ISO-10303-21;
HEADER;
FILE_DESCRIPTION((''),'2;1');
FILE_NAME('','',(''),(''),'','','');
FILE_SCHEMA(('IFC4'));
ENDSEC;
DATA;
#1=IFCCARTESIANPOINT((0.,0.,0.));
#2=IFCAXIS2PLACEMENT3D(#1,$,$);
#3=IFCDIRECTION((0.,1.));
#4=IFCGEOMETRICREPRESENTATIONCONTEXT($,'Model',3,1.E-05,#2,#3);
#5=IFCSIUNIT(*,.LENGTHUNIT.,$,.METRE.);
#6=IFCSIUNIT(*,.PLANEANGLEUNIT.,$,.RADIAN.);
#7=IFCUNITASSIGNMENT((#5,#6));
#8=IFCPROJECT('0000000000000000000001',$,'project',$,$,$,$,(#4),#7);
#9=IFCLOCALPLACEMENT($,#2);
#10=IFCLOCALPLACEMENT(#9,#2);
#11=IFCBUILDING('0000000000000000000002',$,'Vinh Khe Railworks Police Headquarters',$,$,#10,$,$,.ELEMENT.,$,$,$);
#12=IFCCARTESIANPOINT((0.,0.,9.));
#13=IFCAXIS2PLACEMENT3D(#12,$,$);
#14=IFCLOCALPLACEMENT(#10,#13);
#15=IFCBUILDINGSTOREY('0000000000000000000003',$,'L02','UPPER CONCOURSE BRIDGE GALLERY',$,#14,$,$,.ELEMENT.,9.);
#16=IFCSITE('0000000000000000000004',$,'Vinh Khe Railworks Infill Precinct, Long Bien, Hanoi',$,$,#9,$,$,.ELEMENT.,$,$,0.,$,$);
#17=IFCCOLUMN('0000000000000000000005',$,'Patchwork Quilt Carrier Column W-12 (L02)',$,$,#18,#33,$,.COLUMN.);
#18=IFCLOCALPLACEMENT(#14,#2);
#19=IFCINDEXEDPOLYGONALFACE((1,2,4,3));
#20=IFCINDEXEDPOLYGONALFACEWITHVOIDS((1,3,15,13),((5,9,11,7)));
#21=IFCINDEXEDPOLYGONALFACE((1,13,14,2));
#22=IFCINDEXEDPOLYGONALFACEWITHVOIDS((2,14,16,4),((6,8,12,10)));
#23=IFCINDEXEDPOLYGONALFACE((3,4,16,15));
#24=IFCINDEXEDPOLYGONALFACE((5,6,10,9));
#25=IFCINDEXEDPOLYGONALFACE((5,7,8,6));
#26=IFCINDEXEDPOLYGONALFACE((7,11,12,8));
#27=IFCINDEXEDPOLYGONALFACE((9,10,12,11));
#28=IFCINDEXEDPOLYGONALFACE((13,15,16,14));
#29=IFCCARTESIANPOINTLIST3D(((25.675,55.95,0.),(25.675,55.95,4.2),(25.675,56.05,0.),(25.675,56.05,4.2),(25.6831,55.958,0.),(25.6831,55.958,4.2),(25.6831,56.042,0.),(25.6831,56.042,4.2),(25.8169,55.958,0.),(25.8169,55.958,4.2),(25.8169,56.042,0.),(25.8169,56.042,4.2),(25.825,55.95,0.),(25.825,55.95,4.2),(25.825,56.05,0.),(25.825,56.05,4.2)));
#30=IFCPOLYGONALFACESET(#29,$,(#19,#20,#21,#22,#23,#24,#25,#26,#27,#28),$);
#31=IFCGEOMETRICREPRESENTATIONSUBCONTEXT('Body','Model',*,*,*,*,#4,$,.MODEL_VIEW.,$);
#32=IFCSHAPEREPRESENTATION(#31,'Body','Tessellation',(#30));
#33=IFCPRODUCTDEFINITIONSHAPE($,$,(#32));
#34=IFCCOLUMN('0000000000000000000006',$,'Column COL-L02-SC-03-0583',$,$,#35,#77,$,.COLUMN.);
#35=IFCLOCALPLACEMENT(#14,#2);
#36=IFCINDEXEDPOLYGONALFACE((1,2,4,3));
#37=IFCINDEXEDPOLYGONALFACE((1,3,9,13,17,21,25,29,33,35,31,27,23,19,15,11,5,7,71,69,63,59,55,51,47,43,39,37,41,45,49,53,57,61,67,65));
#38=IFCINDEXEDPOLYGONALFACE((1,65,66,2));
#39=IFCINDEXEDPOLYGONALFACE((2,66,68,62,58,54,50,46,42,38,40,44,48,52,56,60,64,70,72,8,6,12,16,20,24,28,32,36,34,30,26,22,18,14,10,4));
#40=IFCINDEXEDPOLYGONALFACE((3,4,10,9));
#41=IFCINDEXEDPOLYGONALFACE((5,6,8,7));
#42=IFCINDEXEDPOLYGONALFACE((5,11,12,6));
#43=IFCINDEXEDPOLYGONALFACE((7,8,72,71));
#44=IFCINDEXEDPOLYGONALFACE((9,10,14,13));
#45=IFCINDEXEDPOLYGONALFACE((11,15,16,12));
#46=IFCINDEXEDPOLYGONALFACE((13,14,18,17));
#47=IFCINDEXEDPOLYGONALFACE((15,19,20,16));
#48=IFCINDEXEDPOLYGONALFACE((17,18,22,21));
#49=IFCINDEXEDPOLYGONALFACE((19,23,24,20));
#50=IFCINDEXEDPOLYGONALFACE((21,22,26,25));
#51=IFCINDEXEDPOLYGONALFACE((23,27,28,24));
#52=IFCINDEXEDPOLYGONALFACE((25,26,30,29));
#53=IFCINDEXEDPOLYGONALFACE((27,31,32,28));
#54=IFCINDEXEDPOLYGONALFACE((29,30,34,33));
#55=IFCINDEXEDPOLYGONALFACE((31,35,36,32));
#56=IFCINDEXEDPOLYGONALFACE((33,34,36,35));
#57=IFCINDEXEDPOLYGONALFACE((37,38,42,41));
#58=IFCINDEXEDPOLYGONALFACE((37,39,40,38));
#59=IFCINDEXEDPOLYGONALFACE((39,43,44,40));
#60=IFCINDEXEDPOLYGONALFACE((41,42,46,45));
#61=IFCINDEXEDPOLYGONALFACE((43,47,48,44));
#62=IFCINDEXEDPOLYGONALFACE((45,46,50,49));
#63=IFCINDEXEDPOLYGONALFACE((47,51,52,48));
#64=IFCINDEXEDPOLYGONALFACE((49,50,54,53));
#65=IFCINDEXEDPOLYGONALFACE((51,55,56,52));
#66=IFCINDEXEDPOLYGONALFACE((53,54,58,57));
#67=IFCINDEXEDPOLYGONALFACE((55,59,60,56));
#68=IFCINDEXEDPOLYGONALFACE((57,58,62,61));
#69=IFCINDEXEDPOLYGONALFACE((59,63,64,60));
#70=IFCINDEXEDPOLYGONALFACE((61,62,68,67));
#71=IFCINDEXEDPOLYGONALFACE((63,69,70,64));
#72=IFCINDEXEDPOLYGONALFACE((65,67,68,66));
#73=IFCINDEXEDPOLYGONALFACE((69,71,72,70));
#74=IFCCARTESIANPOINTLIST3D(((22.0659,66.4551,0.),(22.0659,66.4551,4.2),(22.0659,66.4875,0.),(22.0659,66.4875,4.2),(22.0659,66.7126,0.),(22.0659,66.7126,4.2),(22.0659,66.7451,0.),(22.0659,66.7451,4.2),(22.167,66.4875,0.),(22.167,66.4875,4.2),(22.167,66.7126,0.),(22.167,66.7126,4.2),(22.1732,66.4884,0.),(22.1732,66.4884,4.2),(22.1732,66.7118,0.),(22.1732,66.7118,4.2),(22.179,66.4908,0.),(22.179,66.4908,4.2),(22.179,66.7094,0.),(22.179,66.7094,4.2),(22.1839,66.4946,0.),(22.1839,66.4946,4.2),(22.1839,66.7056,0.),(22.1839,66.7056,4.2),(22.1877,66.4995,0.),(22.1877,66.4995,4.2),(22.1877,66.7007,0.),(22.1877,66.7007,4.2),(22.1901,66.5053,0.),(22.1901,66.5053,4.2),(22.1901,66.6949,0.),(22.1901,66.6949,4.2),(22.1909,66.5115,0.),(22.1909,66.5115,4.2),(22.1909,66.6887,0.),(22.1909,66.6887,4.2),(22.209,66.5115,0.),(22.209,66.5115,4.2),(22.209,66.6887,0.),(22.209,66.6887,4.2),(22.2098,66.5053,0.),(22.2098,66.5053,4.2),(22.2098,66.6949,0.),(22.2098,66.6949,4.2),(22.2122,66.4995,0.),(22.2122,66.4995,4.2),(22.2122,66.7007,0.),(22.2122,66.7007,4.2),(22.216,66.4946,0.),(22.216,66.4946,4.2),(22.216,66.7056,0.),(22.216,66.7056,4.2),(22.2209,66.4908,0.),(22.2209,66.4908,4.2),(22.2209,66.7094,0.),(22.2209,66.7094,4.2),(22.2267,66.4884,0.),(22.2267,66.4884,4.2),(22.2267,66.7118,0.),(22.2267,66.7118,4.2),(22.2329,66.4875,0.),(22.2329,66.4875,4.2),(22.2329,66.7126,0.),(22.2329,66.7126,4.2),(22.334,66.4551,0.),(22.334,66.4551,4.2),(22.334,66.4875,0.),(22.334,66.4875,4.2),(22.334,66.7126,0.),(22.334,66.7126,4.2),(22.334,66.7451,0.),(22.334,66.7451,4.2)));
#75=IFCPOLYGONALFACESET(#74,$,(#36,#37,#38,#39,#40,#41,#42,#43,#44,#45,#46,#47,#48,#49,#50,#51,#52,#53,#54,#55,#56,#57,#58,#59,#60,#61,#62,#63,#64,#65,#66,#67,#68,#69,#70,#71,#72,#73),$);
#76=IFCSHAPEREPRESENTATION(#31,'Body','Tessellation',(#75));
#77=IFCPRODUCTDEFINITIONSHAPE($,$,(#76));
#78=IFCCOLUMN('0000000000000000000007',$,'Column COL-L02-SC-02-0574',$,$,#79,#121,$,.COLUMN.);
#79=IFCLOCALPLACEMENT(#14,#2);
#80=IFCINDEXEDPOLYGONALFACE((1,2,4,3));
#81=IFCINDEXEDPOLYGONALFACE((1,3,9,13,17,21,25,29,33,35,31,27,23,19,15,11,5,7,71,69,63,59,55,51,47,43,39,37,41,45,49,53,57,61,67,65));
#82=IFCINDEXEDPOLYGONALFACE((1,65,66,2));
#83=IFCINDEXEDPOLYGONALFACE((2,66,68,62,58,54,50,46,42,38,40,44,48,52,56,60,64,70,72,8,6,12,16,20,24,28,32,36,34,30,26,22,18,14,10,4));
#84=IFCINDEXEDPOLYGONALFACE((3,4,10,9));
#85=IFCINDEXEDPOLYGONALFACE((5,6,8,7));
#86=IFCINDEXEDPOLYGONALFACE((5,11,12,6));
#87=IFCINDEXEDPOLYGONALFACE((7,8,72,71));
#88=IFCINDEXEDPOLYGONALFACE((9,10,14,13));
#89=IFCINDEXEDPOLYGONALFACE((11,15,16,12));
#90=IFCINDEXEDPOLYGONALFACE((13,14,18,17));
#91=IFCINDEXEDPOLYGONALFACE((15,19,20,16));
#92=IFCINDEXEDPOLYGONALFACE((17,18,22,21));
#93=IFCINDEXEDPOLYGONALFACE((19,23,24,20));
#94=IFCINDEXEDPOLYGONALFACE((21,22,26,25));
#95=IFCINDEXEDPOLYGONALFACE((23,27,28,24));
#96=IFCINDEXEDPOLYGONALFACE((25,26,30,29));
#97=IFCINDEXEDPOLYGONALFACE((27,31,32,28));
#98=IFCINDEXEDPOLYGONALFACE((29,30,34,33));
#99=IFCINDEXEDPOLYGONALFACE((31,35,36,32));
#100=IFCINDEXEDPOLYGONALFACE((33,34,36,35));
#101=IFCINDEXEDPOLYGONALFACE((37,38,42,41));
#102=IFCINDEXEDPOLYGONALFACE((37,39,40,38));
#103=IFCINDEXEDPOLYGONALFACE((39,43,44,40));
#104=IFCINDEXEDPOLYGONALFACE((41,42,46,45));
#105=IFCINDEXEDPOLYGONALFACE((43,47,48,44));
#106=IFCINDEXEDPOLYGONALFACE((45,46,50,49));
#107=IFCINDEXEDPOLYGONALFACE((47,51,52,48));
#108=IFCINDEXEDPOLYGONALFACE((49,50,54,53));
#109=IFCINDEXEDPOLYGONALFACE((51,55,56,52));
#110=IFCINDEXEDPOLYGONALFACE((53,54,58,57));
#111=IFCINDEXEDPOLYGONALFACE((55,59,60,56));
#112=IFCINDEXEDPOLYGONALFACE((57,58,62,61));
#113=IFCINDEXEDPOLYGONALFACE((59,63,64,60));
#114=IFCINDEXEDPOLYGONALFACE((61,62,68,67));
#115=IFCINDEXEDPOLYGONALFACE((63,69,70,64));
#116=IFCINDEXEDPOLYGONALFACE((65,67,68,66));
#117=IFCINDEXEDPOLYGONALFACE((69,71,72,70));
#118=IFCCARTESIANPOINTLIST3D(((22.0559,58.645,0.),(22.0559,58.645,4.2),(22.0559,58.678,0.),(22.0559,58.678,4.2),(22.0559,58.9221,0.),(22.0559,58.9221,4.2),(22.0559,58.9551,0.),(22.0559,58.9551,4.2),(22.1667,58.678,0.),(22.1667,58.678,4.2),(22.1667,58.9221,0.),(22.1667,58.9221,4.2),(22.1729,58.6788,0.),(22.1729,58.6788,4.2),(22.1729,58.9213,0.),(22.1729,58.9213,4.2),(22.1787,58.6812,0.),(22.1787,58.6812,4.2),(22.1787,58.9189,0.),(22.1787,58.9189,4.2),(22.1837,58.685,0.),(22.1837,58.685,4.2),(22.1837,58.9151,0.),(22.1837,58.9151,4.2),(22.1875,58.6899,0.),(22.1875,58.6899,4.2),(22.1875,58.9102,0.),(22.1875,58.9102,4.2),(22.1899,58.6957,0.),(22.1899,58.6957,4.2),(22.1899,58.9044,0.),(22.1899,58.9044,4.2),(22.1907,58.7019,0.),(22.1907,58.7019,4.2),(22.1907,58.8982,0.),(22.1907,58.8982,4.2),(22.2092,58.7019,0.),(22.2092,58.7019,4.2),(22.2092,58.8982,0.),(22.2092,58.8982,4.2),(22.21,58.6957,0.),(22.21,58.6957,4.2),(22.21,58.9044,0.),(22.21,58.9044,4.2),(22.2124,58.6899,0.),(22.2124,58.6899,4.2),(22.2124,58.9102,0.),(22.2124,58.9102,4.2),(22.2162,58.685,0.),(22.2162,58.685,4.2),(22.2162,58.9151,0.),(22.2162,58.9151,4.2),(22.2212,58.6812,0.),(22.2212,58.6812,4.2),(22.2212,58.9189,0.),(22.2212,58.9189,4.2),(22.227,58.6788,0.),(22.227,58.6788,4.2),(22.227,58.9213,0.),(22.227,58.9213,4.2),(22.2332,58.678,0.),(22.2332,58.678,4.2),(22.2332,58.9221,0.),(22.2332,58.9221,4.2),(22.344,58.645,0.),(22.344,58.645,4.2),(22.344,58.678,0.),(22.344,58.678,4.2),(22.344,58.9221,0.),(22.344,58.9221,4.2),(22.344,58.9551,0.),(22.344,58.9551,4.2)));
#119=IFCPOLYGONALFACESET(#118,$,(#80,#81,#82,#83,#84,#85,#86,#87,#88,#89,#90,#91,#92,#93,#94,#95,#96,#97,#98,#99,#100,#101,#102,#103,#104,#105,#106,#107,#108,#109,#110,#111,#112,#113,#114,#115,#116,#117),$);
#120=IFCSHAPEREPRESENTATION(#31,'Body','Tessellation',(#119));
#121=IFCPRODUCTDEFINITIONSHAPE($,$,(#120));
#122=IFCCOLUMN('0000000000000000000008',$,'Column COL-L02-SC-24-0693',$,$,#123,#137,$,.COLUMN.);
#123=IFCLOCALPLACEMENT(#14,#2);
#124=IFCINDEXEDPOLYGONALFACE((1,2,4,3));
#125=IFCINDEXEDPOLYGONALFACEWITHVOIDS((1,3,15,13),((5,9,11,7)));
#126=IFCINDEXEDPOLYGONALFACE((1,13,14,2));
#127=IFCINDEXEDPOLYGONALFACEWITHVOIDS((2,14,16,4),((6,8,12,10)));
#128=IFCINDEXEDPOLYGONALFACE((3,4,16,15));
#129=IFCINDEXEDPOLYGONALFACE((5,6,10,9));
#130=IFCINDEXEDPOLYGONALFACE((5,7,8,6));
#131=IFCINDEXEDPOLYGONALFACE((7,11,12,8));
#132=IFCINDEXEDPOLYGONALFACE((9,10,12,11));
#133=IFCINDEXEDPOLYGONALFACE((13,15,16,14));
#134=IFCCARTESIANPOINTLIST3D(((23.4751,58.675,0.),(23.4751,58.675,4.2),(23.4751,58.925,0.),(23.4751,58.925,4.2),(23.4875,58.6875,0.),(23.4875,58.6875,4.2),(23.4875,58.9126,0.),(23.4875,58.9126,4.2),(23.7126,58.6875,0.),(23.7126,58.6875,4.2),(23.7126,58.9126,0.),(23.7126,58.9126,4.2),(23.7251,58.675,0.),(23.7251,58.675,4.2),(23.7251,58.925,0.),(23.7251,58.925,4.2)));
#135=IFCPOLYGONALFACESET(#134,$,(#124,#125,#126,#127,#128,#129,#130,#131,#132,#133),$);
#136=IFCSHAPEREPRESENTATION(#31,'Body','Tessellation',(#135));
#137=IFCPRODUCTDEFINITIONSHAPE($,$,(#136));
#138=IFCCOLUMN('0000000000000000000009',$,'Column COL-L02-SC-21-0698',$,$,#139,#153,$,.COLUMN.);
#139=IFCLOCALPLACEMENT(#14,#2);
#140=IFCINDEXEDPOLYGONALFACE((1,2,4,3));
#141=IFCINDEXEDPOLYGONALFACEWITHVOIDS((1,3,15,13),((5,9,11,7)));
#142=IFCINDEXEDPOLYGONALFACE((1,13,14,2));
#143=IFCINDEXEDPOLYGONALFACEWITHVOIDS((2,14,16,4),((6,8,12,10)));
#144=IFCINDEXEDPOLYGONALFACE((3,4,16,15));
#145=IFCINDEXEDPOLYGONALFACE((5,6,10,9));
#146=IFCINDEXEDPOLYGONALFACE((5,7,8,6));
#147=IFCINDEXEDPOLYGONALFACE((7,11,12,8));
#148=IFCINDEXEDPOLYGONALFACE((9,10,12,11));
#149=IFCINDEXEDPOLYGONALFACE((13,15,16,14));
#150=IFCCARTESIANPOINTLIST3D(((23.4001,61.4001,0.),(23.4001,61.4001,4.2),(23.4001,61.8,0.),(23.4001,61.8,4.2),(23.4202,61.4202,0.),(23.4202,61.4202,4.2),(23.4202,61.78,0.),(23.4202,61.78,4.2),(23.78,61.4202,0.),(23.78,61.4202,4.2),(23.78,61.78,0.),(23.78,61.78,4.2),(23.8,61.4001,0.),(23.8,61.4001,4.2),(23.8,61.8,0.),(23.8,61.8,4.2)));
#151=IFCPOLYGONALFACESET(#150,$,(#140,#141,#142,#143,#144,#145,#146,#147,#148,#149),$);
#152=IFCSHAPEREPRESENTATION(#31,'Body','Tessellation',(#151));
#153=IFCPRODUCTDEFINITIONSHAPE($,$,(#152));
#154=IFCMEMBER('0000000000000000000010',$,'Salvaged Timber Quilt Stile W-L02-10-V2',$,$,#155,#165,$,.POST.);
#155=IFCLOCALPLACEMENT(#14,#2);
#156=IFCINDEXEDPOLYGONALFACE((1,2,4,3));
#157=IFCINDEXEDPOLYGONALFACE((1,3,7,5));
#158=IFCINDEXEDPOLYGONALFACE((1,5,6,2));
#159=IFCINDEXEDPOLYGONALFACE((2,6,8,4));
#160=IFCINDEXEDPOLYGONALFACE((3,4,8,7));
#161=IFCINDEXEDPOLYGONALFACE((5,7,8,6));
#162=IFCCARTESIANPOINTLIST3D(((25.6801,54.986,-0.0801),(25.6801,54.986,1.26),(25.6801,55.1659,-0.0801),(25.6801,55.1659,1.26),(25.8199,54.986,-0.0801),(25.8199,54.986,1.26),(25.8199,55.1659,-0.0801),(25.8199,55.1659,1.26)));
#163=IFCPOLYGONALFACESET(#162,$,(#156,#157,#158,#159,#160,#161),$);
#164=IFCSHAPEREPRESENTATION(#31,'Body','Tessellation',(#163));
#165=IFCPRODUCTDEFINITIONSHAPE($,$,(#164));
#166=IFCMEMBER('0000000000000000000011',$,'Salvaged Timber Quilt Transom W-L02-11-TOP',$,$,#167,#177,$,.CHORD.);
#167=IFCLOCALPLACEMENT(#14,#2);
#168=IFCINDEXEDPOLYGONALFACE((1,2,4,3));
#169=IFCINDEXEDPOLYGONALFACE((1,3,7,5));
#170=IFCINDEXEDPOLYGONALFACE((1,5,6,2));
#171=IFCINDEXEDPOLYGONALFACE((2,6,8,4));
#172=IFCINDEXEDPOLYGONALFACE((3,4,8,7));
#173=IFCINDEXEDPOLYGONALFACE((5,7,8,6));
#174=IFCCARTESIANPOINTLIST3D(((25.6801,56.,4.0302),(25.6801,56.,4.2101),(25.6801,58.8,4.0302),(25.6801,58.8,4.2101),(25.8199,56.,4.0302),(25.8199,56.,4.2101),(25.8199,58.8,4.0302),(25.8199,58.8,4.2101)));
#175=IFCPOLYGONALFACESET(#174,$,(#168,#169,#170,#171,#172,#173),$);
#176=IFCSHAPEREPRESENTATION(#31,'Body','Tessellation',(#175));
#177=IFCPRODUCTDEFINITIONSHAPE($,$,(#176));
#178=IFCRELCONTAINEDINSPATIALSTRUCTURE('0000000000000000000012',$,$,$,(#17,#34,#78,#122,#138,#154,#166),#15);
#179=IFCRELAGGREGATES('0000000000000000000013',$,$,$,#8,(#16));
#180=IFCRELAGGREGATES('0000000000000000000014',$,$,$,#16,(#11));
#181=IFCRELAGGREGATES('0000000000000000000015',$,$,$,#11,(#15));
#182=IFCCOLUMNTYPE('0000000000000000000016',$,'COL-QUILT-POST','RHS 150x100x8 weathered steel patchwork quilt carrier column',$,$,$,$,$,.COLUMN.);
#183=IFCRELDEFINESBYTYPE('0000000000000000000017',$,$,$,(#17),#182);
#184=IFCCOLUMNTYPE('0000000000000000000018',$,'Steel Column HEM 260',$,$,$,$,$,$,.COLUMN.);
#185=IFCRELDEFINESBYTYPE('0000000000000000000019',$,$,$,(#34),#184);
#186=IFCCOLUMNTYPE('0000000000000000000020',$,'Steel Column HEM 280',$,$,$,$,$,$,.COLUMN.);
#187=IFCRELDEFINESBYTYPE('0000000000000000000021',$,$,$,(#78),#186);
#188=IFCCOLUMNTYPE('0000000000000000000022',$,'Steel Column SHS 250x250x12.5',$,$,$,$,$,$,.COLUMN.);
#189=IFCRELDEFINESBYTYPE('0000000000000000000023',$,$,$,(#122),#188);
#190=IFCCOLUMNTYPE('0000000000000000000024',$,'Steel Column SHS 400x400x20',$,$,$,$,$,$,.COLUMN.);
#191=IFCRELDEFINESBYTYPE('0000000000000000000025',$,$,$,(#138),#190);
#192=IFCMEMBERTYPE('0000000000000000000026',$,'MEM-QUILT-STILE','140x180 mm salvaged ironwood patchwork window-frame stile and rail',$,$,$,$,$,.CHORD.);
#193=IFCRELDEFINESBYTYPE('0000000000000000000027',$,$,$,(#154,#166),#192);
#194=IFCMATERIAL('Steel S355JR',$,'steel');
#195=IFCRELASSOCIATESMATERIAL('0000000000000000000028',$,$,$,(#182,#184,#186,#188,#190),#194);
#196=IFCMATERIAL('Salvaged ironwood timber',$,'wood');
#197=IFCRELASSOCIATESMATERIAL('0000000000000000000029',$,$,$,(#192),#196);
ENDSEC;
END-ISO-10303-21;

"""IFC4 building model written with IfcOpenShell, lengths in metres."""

from ifc_helpers import new_model, si_unit, direction, frame, origin, origin_2d, place, context, subcontext, project, spatial, rectangle, hollow_rectangle, i_section, extrude, material, material_profile, profile_set, type_object, element, save


model = new_model("IFC4")

# Units and contexts
model_context = context("Model", 3, precision=1e-05, world=origin(), true_north=direction((0.0, 1.0)))
body_context = subcontext(model_context, "Body", "Model", "MODEL_VIEW")
ifc_project = project(units=[si_unit("LENGTHUNIT", "METRE"), si_unit("PLANEANGLEUNIT", "RADIAN")], contexts=[model_context])

# Site, building, storey
site_placement = place(None, origin())
site = spatial("IfcSite", under=ifc_project, at=site_placement, Name="Vinh Khe Railworks Infill Precinct, Long Bien, Hanoi", CompositionType="ELEMENT", RefElevation=0.0)
building_placement = place(site_placement, origin())
building = spatial("IfcBuilding", under=site, at=building_placement, Name="Vinh Khe Railworks Police Headquarters", CompositionType="ELEMENT")
storey_placement = place(building_placement, frame((0.0, 0.0, 9.0)))
storey = spatial("IfcBuildingStorey", under=building, at=storey_placement, Name="L02", Description="UPPER CONCOURSE BRIDGE GALLERY", CompositionType="ELEMENT", Elevation=9.0)

# Columns
ifc_material_1 = material(Name="Steel S355JR", Category="steel")
ifc_material_profile_1 = material_profile(ifc_material_1, hollow_rectangle(XDim=0.1499, YDim=0.1001, WallThickness=0.0081, at=origin_2d()), Name="RHS 150x100x8")
ifc_profile_set_1 = profile_set([ifc_material_profile_1], Name="Steel S355JR")
column_type_1 = type_object("IfcColumnType", Name="COL-QUILT-POST", Description="RHS 150x100x8 weathered steel patchwork quilt carrier column", PredefinedType="COLUMN", material=ifc_profile_set_1)
column_1_placement = place(storey_placement, frame((25.75, 56.0, 0.0), z_axis=(0.0, 0.0, 1.0), x_axis=(1.0, 0.0, 0.0)))
element("IfcColumn", 1, at=column_1_placement, inside=storey, type_object=column_type_1, Name="Patchwork Quilt Carrier Column W-12 (L02)", PredefinedType="COLUMN", context=body_context, shape_type="SweptSolid", body=[
    extrude(hollow_rectangle(XDim=0.1499, YDim=0.1001, WallThickness=0.0081, at=origin_2d()), origin(), (0.0, 0.0, 1.0), 4.2),
])
ifc_material_profile_2 = material_profile(ifc_material_1, i_section(OverallWidth=0.2681, OverallDepth=0.29, WebThickness=0.0181, FlangeThickness=0.0325, FilletRadius=0.0239, at=origin_2d()), Name="HEM 260")
ifc_profile_set_2 = profile_set([ifc_material_profile_2], Name="Steel S355JR")
column_type_2 = type_object("IfcColumnType", Name="Steel Column HEM 260", PredefinedType="COLUMN", material=ifc_profile_set_2)
column_2_placement = place(storey_placement, frame((22.2, 66.6001, 0.0), z_axis=(0.0, 0.0, 1.0), x_axis=(1.0, 0.0, 0.0)))
element("IfcColumn", 2, at=column_2_placement, inside=storey, type_object=column_type_2, Name="Column COL-L02-SC-03-0583", PredefinedType="COLUMN", context=body_context, shape_type="SweptSolid", body=[
    extrude(i_section(OverallWidth=0.2681, OverallDepth=0.29, WebThickness=0.0181, FlangeThickness=0.0325, FilletRadius=0.0239, at=origin_2d()), origin(), (0.0, 0.0, 1.0), 4.2),
])
ifc_material_profile_3 = material_profile(ifc_material_1, i_section(OverallWidth=0.2881, OverallDepth=0.3101, WebThickness=0.0186, FlangeThickness=0.033, FilletRadius=0.0239, at=origin_2d()), Name="HEM 280")
ifc_profile_set_3 = profile_set([ifc_material_profile_3], Name="Steel S355JR")
column_type_3 = type_object("IfcColumnType", Name="Steel Column HEM 280", PredefinedType="COLUMN", material=ifc_profile_set_3)
column_3_placement = place(storey_placement, frame((22.2, 58.8, 0.0), z_axis=(0.0, 0.0, 1.0), x_axis=(1.0, 0.0, 0.0)))
element("IfcColumn", 3, at=column_3_placement, inside=storey, type_object=column_type_3, Name="Column COL-L02-SC-02-0574", PredefinedType="COLUMN", context=body_context, shape_type="SweptSolid", body=[
    extrude(i_section(OverallWidth=0.2881, OverallDepth=0.3101, WebThickness=0.0186, FlangeThickness=0.033, FilletRadius=0.0239, at=origin_2d()), origin(), (0.0, 0.0, 1.0), 4.2),
])
ifc_material_profile_4 = material_profile(ifc_material_1, hollow_rectangle(XDim=0.25, YDim=0.25, WallThickness=0.0125, at=origin_2d()), Name="SHS 250x250x12.5")
ifc_profile_set_4 = profile_set([ifc_material_profile_4], Name="Steel S355JR")
column_type_4 = type_object("IfcColumnType", Name="Steel Column SHS 250x250x12.5", PredefinedType="COLUMN", material=ifc_profile_set_4)
column_4_placement = place(storey_placement, frame((23.6001, 58.8, 0.0), z_axis=(0.0, 0.0, 1.0), x_axis=(1.0, 0.0, 0.0)))
element("IfcColumn", 4, at=column_4_placement, inside=storey, type_object=column_type_4, Name="Column COL-L02-SC-24-0693", PredefinedType="COLUMN", context=body_context, shape_type="SweptSolid", body=[
    extrude(hollow_rectangle(XDim=0.25, YDim=0.25, WallThickness=0.0125, at=origin_2d()), origin(), (0.0, 0.0, 1.0), 4.2),
])
ifc_material_profile_5 = material_profile(ifc_material_1, hollow_rectangle(XDim=0.3999, YDim=0.3999, WallThickness=0.02, at=origin_2d()), Name="SHS 400x400x20")
ifc_profile_set_5 = profile_set([ifc_material_profile_5], Name="Steel S355JR")
column_type_5 = type_object("IfcColumnType", Name="Steel Column SHS 400x400x20", PredefinedType="COLUMN", material=ifc_profile_set_5)
column_5_placement = place(storey_placement, frame((23.6001, 61.6001, 0.0), z_axis=(0.0, 0.0, 1.0), x_axis=(1.0, 0.0, 0.0)))
element("IfcColumn", 5, at=column_5_placement, inside=storey, type_object=column_type_5, Name="Column COL-L02-SC-21-0698", PredefinedType="COLUMN", context=body_context, shape_type="SweptSolid", body=[
    extrude(hollow_rectangle(XDim=0.3999, YDim=0.3999, WallThickness=0.02, at=origin_2d()), origin(), (0.0, 0.0, 1.0), 4.2),
])

# Members
ifc_material_2 = material(Name="Salvaged ironwood timber", Category="wood")
ifc_material_profile_6 = material_profile(ifc_material_2, rectangle(XDim=0.1399, YDim=0.1799, at=origin_2d()), Name="TIMBER 140x180")
ifc_profile_set_6 = profile_set([ifc_material_profile_6], Name="Salvaged ironwood timber")
member_type = type_object("IfcMemberType", Name="MEM-QUILT-STILE", Description="140x180 mm salvaged ironwood patchwork window-frame stile and rail", PredefinedType="CHORD", material=ifc_profile_set_6)
member_placement = place(storey_placement, frame((25.75, 55.0759, -0.0801), z_axis=(0.0, 0.0, 1.0), x_axis=(1.0, 0.0, 0.0)))
element("IfcMember", 6, at=member_placement, inside=storey, type_object=member_type, Name="Salvaged Timber Quilt Stile W-L02-10-V2", PredefinedType="POST", context=body_context, shape_type="SweptSolid", body=[
    extrude(rectangle(XDim=0.1399, YDim=0.1799, at=origin_2d()), origin(), (0.0, 0.0, 1.0), 1.3401),
])
for number, where, z_axis, x_axis, name in (
    (7, (25.75, 56.0, 4.1201), (0.0, 1.0, 0.0), (-1.0, 0.0, 0.0), "Salvaged Timber Quilt Transom W-L02-11-TOP"),
):
    element("IfcMember", number, at=place(storey_placement, frame(where, z_axis=z_axis, x_axis=x_axis)), inside=storey, type_object=member_type, Name=name, PredefinedType="CHORD", context=body_context, shape_type="SweptSolid", body=[
        extrude(rectangle(XDim=0.1399, YDim=0.1799, at=origin_2d()), origin(), (0.0, 0.0, 1.0), 2.8),
    ])

save(model, "model.ifc")
